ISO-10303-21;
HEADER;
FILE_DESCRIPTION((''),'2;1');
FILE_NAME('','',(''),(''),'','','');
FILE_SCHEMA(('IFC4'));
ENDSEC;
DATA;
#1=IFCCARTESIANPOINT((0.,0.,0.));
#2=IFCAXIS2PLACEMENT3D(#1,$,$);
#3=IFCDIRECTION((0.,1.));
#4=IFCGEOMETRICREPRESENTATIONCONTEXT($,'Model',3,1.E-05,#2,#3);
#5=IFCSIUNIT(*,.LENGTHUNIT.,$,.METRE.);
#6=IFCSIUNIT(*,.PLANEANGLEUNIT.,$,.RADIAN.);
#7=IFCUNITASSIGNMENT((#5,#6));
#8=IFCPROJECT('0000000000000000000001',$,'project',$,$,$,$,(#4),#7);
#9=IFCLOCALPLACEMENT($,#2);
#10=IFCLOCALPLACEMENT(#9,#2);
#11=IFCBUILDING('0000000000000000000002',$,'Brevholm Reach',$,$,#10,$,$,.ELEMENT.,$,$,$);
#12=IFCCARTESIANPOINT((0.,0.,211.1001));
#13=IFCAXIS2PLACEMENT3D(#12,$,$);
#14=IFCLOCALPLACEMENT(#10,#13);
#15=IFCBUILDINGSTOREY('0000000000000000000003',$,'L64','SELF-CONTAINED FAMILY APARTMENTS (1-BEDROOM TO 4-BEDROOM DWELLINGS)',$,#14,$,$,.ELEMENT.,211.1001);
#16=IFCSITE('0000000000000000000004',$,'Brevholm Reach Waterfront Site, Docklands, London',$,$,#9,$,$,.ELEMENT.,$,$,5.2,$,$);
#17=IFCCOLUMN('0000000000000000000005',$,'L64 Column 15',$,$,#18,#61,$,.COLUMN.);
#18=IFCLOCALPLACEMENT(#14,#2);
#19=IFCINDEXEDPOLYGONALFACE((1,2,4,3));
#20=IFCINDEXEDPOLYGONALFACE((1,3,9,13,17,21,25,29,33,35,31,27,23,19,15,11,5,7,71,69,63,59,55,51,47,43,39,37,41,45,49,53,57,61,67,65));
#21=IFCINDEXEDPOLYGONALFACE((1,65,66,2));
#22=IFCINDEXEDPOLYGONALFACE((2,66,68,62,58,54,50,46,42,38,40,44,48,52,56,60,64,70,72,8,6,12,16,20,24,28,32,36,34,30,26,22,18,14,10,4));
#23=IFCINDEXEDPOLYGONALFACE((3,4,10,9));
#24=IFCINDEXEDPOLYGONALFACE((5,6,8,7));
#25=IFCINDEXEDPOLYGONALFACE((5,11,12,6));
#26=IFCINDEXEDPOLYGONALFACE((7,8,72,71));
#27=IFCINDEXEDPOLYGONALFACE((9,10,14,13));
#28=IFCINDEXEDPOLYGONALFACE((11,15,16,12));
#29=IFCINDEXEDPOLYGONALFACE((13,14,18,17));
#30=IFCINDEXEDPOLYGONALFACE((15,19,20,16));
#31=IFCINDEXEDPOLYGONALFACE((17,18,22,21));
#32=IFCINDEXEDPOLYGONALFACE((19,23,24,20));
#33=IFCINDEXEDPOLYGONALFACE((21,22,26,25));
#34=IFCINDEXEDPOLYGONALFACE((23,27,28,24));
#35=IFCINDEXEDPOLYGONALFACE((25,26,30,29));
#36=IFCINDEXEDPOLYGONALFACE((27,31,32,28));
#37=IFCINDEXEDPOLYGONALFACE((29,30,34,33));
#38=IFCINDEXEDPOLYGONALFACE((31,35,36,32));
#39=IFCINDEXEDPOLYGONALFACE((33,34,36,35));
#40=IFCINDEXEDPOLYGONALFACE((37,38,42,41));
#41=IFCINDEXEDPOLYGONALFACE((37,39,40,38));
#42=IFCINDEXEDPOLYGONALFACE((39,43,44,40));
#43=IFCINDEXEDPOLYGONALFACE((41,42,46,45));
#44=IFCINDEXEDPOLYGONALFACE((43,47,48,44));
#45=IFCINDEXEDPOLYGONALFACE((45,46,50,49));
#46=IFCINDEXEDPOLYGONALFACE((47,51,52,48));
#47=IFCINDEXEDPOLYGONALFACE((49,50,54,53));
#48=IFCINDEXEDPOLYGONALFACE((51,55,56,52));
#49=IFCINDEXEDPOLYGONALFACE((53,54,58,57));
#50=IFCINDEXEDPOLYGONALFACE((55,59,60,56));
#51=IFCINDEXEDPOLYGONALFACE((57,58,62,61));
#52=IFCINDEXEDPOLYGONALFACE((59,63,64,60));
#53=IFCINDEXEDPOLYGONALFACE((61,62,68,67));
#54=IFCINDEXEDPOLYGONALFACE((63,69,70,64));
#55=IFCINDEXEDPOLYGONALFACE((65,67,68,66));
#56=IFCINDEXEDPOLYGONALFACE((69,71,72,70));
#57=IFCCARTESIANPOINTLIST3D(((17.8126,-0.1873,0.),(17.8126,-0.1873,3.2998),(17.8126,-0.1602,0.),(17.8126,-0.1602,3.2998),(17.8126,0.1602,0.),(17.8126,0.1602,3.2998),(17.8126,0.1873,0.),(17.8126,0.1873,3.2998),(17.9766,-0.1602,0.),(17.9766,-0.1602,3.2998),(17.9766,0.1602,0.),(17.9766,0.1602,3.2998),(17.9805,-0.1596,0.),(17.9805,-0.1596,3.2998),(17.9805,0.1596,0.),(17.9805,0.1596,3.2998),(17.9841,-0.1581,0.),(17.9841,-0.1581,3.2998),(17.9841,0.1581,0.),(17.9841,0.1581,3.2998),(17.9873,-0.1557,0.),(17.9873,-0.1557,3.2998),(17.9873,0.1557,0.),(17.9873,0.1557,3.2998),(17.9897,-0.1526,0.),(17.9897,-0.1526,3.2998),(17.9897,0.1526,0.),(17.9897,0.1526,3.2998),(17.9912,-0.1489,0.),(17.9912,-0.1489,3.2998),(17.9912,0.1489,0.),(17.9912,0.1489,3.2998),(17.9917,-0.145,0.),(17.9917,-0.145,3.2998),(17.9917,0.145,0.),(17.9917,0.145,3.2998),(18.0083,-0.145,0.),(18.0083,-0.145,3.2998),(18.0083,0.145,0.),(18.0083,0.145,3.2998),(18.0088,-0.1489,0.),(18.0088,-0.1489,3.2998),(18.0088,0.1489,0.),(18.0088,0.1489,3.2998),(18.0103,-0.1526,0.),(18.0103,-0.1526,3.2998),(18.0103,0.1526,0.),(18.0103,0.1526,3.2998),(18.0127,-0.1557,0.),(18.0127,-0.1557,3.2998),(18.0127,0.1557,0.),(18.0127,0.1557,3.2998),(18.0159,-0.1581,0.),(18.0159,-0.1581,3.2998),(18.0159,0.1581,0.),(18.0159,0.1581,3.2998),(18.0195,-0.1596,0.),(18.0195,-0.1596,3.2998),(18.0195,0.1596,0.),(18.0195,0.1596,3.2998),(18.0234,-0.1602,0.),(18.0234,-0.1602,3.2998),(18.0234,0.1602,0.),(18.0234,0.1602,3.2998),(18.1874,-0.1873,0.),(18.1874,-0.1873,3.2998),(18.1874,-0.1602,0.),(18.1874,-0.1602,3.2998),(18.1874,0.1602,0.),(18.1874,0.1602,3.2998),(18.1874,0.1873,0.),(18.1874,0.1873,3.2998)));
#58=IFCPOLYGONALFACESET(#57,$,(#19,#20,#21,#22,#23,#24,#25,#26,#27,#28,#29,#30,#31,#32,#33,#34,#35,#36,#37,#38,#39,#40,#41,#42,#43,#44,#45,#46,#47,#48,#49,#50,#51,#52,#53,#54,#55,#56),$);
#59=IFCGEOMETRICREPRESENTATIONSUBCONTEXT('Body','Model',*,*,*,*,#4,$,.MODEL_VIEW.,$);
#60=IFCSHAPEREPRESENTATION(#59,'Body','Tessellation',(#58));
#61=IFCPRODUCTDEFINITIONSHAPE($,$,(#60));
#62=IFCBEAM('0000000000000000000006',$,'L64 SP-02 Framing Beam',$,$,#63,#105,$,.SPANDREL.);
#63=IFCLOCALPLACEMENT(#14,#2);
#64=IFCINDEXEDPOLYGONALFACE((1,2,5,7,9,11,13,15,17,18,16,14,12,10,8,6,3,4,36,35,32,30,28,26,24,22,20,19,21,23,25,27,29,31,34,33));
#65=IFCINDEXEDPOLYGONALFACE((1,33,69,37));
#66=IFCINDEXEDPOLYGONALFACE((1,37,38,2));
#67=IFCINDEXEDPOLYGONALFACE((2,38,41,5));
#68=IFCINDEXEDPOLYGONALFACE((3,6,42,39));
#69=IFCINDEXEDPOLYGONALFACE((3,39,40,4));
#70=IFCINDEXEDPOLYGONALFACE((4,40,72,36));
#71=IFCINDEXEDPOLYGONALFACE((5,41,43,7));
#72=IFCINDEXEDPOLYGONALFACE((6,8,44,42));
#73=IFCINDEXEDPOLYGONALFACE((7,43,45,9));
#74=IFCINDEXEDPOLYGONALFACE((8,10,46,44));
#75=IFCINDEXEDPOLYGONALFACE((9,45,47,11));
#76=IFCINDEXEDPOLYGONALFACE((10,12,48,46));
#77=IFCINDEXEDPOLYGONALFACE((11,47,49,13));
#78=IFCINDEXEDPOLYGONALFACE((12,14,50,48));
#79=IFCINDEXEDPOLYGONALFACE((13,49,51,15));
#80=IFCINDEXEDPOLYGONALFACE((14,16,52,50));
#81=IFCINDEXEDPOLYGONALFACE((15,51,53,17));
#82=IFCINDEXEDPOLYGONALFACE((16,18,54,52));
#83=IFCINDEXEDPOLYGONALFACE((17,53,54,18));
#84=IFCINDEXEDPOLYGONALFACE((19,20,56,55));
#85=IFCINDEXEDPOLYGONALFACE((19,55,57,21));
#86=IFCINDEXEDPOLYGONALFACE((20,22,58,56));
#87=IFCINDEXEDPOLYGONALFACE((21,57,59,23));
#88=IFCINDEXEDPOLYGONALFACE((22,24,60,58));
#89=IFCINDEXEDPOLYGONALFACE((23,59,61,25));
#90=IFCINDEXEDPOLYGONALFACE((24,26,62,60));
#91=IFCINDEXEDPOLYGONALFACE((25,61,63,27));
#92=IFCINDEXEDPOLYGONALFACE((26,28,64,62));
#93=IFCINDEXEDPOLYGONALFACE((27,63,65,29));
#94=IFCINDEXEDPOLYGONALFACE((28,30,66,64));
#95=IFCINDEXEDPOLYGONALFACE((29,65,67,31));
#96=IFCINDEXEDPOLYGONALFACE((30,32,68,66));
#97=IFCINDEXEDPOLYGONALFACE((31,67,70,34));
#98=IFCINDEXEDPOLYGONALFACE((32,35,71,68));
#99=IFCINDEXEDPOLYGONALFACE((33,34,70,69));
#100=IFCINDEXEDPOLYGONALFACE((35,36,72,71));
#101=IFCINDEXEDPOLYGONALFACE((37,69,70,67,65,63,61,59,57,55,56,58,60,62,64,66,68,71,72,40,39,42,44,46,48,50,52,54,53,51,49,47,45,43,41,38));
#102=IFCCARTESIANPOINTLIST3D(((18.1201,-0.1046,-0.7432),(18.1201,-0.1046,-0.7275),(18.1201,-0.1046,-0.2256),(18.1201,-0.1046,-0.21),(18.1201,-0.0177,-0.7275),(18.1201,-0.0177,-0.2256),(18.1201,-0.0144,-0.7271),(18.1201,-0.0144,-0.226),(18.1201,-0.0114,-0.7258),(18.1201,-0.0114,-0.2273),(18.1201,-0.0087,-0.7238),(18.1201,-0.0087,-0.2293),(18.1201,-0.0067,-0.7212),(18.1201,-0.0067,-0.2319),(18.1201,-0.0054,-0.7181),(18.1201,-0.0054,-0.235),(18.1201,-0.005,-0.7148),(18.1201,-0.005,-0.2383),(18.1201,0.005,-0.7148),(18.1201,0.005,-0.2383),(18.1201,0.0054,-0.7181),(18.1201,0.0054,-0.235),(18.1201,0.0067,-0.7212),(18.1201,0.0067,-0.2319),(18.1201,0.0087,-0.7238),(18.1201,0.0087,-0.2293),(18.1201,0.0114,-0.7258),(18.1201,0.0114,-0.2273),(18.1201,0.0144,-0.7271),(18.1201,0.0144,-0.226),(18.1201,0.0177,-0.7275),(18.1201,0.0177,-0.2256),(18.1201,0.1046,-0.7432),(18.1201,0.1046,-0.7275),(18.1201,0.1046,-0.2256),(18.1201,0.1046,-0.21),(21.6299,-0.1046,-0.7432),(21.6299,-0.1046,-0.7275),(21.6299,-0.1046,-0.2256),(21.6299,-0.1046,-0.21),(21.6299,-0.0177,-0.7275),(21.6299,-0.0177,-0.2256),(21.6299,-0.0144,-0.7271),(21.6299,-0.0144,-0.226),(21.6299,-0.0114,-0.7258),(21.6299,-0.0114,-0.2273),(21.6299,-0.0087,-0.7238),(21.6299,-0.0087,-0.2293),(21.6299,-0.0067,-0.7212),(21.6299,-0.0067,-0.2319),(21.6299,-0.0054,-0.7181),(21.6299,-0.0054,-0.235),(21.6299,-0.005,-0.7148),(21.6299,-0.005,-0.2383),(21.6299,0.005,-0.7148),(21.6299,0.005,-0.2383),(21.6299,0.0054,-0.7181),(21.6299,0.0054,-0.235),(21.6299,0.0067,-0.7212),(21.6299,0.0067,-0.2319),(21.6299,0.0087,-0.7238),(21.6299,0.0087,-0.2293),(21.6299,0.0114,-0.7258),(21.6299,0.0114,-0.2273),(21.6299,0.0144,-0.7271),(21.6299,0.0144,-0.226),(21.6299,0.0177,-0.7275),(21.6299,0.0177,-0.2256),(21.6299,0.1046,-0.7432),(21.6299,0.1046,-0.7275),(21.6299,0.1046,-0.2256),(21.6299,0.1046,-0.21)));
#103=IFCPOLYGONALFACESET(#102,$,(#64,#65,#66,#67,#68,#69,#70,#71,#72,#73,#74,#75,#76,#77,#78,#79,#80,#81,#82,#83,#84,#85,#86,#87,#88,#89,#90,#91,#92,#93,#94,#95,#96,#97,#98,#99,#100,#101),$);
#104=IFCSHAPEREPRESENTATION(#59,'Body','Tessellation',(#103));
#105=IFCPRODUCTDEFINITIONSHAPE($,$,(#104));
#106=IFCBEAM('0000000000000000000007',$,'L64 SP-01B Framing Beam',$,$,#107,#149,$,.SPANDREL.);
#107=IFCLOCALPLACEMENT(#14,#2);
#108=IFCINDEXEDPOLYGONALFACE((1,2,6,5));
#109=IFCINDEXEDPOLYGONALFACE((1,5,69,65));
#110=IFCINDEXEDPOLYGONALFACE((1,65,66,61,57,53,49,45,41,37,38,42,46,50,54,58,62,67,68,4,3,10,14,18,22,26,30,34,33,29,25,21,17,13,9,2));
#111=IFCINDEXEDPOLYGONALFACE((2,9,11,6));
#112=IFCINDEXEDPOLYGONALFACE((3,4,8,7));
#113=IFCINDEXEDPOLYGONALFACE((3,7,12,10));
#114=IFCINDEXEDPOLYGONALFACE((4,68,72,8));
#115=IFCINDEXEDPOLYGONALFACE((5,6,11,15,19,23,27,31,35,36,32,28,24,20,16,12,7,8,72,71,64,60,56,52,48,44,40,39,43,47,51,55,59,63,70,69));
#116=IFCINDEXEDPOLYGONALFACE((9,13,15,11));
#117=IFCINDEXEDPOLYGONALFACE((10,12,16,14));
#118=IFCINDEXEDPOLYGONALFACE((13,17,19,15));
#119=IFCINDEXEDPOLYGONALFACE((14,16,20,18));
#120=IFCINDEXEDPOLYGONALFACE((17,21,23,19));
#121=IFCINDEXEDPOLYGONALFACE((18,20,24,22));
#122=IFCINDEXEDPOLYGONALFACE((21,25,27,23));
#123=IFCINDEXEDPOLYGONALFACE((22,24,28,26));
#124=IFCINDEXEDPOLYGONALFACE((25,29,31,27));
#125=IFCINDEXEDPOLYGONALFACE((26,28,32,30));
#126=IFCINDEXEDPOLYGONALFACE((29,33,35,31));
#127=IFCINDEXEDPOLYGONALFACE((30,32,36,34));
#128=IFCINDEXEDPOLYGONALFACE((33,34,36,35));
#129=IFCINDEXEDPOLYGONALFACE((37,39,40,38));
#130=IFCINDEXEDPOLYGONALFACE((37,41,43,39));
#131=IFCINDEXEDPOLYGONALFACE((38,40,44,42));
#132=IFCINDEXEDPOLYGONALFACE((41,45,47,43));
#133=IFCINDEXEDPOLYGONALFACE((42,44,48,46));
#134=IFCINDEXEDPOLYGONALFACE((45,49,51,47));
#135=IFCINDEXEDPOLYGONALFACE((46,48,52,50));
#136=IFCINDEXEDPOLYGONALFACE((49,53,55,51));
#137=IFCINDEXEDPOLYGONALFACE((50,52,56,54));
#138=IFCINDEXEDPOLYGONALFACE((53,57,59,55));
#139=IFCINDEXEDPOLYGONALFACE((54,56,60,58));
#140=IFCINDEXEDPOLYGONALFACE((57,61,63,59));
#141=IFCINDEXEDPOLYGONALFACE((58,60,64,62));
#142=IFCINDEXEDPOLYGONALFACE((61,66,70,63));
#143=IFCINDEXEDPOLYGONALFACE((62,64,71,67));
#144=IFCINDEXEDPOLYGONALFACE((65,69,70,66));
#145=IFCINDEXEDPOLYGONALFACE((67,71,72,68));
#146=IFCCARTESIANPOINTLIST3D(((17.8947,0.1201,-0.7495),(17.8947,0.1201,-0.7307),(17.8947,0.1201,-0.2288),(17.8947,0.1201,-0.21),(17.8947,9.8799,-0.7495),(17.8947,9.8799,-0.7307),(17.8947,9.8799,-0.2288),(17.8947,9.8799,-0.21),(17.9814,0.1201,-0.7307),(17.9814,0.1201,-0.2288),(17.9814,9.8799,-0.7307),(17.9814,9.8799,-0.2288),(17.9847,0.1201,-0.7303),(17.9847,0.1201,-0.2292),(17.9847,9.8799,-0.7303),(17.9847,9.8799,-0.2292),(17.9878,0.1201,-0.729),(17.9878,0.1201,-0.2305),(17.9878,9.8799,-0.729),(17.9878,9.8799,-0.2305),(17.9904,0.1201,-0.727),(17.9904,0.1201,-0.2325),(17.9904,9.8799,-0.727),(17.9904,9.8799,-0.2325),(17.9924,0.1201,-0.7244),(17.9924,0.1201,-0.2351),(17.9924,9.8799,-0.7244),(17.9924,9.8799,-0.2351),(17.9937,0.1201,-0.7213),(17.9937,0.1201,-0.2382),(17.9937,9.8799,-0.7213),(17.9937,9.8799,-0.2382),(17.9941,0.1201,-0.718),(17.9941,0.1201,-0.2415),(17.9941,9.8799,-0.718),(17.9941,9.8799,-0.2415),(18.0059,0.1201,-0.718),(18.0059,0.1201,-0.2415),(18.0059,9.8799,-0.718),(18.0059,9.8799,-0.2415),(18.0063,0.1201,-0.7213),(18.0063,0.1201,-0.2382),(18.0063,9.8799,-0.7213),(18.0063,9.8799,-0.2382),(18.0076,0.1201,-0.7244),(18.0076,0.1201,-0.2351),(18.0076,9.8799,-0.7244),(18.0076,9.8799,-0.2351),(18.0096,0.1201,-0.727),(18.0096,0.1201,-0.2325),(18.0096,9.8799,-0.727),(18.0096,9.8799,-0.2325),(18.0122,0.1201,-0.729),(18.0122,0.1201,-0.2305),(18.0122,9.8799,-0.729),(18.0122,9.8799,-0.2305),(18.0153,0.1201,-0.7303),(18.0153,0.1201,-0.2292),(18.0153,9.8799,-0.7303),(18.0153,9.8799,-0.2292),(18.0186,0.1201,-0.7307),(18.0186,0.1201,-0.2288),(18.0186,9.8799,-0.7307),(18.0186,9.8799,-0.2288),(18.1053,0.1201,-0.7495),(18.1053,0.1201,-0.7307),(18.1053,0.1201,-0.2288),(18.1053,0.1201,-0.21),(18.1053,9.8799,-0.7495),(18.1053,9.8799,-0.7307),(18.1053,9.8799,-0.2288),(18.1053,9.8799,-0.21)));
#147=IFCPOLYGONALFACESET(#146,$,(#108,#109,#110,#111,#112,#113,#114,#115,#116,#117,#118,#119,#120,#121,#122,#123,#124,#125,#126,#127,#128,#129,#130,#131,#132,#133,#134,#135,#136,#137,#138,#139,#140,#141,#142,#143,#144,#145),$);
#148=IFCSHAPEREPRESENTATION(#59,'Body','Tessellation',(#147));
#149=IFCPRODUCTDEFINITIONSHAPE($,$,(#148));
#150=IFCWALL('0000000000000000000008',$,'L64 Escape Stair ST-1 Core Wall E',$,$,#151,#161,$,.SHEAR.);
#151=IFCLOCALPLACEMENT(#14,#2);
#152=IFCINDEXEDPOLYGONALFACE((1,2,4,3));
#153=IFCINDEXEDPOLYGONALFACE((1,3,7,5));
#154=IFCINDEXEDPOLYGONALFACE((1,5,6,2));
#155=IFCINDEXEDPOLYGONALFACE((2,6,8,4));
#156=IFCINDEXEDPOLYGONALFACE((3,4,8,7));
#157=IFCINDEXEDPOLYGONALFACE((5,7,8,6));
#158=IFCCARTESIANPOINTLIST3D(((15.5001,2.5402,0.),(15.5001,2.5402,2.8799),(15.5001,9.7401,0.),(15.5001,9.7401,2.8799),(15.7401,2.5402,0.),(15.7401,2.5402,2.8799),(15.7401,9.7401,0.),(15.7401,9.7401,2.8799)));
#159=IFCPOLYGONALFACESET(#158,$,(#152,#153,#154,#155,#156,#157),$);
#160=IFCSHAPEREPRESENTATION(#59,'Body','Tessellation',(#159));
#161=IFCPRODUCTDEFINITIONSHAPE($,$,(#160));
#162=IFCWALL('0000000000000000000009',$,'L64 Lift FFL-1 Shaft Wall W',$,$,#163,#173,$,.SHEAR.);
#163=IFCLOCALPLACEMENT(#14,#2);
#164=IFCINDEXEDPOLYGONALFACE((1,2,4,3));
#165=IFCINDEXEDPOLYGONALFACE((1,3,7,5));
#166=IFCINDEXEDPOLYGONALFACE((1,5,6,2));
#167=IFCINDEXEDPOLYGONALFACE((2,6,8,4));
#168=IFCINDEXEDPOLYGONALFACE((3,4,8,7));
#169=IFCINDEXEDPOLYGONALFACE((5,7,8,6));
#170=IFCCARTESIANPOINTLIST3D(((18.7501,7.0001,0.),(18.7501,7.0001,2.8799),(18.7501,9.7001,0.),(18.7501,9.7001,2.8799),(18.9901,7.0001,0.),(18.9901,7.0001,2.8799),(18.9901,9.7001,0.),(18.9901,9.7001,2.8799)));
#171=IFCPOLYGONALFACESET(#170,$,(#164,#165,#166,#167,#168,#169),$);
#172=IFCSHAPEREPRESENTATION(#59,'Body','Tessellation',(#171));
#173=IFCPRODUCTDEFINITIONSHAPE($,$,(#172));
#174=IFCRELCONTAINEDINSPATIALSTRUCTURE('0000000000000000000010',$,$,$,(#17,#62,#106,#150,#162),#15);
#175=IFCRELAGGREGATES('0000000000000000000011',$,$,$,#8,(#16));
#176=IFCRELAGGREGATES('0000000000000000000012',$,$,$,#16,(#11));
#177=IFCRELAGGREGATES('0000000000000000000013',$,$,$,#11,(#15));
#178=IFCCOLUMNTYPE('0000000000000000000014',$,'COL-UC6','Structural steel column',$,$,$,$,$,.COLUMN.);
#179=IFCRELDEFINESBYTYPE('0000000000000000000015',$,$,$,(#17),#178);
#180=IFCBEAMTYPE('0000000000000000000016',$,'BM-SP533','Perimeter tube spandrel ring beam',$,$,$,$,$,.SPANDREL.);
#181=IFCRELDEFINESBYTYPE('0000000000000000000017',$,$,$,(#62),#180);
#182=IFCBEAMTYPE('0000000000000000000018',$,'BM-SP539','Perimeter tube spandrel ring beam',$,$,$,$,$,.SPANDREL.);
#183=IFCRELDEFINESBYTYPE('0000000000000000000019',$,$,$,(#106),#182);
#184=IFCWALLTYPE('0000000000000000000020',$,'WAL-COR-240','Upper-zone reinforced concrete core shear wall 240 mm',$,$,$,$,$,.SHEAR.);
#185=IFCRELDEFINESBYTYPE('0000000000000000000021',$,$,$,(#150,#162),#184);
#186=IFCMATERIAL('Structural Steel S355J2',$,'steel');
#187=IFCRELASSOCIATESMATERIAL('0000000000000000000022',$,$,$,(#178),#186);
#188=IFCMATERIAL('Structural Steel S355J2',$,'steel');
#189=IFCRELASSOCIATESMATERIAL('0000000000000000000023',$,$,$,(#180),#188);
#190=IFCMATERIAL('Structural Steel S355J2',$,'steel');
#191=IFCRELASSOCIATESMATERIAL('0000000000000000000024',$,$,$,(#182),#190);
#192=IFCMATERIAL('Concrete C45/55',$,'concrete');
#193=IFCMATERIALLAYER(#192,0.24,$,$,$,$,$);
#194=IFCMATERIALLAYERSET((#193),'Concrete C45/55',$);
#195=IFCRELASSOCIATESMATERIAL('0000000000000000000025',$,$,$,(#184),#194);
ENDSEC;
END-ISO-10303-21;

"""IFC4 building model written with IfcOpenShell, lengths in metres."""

from ifc_helpers import new_model, si_unit, direction, frame, frame_2d, origin, origin_2d, place, context, subcontext, project, spatial, rectangle, i_section, extrude, material, layer, layer_set, material_profile, profile_set, type_object, element, save


model = new_model("IFC4")

# Units and contexts
model_context = context("Model", 3, precision=1e-05, world=origin(), true_north=direction((0.0, 1.0)))
body_context = subcontext(model_context, "Body", "Model", "MODEL_VIEW")
ifc_project = project(units=[si_unit("LENGTHUNIT", "METRE"), si_unit("PLANEANGLEUNIT", "RADIAN")], contexts=[model_context])

# Site, building, storey
site_placement = place(None, origin())
site = spatial("IfcSite", under=ifc_project, at=site_placement, Name="Brevholm Reach Waterfront Site, Docklands, London", CompositionType="ELEMENT", RefElevation=5.2)
building_placement = place(site_placement, origin())
building = spatial("IfcBuilding", under=site, at=building_placement, Name="Brevholm Reach", CompositionType="ELEMENT")
storey_placement = place(building_placement, frame((0.0, 0.0, 211.1001)))
storey = spatial("IfcBuildingStorey", under=building, at=storey_placement, Name="L64", Description="SELF-CONTAINED FAMILY APARTMENTS (1-BEDROOM TO 4-BEDROOM DWELLINGS)", CompositionType="ELEMENT", Elevation=211.1001)

# Column
ifc_material_1 = material(Name="Structural Steel S355J2", Category="steel")
ifc_material_profile_1 = material_profile(ifc_material_1, i_section(OverallWidth=0.3748, OverallDepth=0.3745, WebThickness=0.0166, FlangeThickness=0.0271, FilletRadius=0.0151, at=origin_2d()), Name="UKC 356x368x202")
ifc_profile_set_1 = profile_set([ifc_material_profile_1], Name="Structural Steel S355J2")
column_type = type_object("IfcColumnType", Name="COL-UC6", Description="Structural steel column", PredefinedType="COLUMN", material=ifc_profile_set_1)
column_placement = place(storey_placement, frame((18.0, 0.0, 0.0), z_axis=(0.0, 0.0, 1.0), x_axis=(1.0, 0.0, 0.0)))
element("IfcColumn", 1, at=column_placement, inside=storey, type_object=column_type, Name="L64 Column 15", PredefinedType="COLUMN", context=body_context, shape_type="SweptSolid", body=[
    extrude(i_section(OverallWidth=0.3748, OverallDepth=0.3745, WebThickness=0.0166, FlangeThickness=0.0271, FilletRadius=0.0151, at=origin_2d()), origin(), (0.0, 0.0, 1.0), 3.2998),
])

# Beams
ifc_material_2 = material(Name="Structural Steel S355J2", Category="steel")
ifc_material_profile_2 = material_profile(ifc_material_2, i_section(OverallWidth=0.2092, OverallDepth=0.5332, WebThickness=0.01, FlangeThickness=0.0156, FilletRadius=0.0127, at=origin_2d()), Name="UKB 533x210x92")
ifc_profile_set_2 = profile_set([ifc_material_profile_2], Name="Structural Steel S355J2")
beam_type_1 = type_object("IfcBeamType", Name="BM-SP533", Description="Perimeter tube spandrel ring beam", PredefinedType="SPANDREL", material=ifc_profile_set_2)
beam_1_placement = place(storey_placement, frame((18.1201, 0.0, -0.4766), z_axis=(1.0, 0.0, 0.0), x_axis=(0.0, 1.0, 0.0)))
element("IfcBeam", 2, at=beam_1_placement, inside=storey, type_object=beam_type_1, Name="L64 SP-02 Framing Beam", PredefinedType="SPANDREL", context=body_context, shape_type="SweptSolid", body=[
    extrude(i_section(OverallWidth=0.2092, OverallDepth=0.5332, WebThickness=0.01, FlangeThickness=0.0156, FilletRadius=0.0127, at=origin_2d()), origin(), (0.0, 0.0, 1.0), 3.5098),
])
ifc_material_3 = material(Name="Structural Steel S355J2", Category="steel")
ifc_material_profile_3 = material_profile(ifc_material_3, i_section(OverallWidth=0.2107, OverallDepth=0.5396, WebThickness=0.0117, FlangeThickness=0.0188, FilletRadius=0.0127, at=origin_2d()), Name="UKB 533x210x109")
ifc_profile_set_3 = profile_set([ifc_material_profile_3], Name="Structural Steel S355J2")
beam_type_2 = type_object("IfcBeamType", Name="BM-SP539", Description="Perimeter tube spandrel ring beam", PredefinedType="SPANDREL", material=ifc_profile_set_3)
beam_2_placement = place(storey_placement, frame((18.0, 0.1201, -0.4797), z_axis=(0.0, 1.0, 0.0), x_axis=(-1.0, 0.0, 0.0)))
element("IfcBeam", 3, at=beam_2_placement, inside=storey, type_object=beam_type_2, Name="L64 SP-01B Framing Beam", PredefinedType="SPANDREL", context=body_context, shape_type="SweptSolid", body=[
    extrude(i_section(OverallWidth=0.2107, OverallDepth=0.5396, WebThickness=0.0117, FlangeThickness=0.0188, FilletRadius=0.0127, at=origin_2d()), origin(), (0.0, 0.0, 1.0), 9.7598),
])

# Walls
ifc_material_4 = material(Name="Concrete C45/55", Category="concrete")
ifc_layer_1 = layer(ifc_material_4, 0.24)
ifc_layer_set_1 = layer_set([ifc_layer_1], Name="Concrete C45/55")
wall_type_1 = type_object("IfcWallType", Name="WAL-COR-240", Description="Upper-zone reinforced concrete core shear wall 240 mm", PredefinedType="SHEAR", material=ifc_layer_set_1)
wall_1_placement = place(storey_placement, frame((15.6201, 2.54, 0.0), z_axis=(0.0, 0.0, 1.0), x_axis=(0.0, 1.0, 0.0)))
element("IfcWall", 4, at=wall_1_placement, inside=storey, type_object=wall_type_1, Name="L64 Escape Stair ST-1 Core Wall E", PredefinedType="SHEAR", context=body_context, shape_type="SweptSolid", body=[
    extrude(rectangle(XDim=7.2, YDim=0.24, at=frame_2d((3.6001, 0.0))), origin(), (0.0, 0.0, 1.0), 2.8799),
])
wall_2_placement = place(storey_placement, frame((18.8701, 7.0, 0.0), z_axis=(0.0, 0.0, 1.0), x_axis=(0.0, 1.0, 0.0)))
element("IfcWall", 5, at=wall_2_placement, inside=storey, type_object=wall_type_1, Name="L64 Lift FFL-1 Shaft Wall W", PredefinedType="SHEAR", context=body_context, shape_type="SweptSolid", body=[
    extrude(rectangle(XDim=2.7, YDim=0.24, at=frame_2d((1.3501, 0.0))), origin(), (0.0, 0.0, 1.0), 2.8799),
])

save(model, "model.ifc")
